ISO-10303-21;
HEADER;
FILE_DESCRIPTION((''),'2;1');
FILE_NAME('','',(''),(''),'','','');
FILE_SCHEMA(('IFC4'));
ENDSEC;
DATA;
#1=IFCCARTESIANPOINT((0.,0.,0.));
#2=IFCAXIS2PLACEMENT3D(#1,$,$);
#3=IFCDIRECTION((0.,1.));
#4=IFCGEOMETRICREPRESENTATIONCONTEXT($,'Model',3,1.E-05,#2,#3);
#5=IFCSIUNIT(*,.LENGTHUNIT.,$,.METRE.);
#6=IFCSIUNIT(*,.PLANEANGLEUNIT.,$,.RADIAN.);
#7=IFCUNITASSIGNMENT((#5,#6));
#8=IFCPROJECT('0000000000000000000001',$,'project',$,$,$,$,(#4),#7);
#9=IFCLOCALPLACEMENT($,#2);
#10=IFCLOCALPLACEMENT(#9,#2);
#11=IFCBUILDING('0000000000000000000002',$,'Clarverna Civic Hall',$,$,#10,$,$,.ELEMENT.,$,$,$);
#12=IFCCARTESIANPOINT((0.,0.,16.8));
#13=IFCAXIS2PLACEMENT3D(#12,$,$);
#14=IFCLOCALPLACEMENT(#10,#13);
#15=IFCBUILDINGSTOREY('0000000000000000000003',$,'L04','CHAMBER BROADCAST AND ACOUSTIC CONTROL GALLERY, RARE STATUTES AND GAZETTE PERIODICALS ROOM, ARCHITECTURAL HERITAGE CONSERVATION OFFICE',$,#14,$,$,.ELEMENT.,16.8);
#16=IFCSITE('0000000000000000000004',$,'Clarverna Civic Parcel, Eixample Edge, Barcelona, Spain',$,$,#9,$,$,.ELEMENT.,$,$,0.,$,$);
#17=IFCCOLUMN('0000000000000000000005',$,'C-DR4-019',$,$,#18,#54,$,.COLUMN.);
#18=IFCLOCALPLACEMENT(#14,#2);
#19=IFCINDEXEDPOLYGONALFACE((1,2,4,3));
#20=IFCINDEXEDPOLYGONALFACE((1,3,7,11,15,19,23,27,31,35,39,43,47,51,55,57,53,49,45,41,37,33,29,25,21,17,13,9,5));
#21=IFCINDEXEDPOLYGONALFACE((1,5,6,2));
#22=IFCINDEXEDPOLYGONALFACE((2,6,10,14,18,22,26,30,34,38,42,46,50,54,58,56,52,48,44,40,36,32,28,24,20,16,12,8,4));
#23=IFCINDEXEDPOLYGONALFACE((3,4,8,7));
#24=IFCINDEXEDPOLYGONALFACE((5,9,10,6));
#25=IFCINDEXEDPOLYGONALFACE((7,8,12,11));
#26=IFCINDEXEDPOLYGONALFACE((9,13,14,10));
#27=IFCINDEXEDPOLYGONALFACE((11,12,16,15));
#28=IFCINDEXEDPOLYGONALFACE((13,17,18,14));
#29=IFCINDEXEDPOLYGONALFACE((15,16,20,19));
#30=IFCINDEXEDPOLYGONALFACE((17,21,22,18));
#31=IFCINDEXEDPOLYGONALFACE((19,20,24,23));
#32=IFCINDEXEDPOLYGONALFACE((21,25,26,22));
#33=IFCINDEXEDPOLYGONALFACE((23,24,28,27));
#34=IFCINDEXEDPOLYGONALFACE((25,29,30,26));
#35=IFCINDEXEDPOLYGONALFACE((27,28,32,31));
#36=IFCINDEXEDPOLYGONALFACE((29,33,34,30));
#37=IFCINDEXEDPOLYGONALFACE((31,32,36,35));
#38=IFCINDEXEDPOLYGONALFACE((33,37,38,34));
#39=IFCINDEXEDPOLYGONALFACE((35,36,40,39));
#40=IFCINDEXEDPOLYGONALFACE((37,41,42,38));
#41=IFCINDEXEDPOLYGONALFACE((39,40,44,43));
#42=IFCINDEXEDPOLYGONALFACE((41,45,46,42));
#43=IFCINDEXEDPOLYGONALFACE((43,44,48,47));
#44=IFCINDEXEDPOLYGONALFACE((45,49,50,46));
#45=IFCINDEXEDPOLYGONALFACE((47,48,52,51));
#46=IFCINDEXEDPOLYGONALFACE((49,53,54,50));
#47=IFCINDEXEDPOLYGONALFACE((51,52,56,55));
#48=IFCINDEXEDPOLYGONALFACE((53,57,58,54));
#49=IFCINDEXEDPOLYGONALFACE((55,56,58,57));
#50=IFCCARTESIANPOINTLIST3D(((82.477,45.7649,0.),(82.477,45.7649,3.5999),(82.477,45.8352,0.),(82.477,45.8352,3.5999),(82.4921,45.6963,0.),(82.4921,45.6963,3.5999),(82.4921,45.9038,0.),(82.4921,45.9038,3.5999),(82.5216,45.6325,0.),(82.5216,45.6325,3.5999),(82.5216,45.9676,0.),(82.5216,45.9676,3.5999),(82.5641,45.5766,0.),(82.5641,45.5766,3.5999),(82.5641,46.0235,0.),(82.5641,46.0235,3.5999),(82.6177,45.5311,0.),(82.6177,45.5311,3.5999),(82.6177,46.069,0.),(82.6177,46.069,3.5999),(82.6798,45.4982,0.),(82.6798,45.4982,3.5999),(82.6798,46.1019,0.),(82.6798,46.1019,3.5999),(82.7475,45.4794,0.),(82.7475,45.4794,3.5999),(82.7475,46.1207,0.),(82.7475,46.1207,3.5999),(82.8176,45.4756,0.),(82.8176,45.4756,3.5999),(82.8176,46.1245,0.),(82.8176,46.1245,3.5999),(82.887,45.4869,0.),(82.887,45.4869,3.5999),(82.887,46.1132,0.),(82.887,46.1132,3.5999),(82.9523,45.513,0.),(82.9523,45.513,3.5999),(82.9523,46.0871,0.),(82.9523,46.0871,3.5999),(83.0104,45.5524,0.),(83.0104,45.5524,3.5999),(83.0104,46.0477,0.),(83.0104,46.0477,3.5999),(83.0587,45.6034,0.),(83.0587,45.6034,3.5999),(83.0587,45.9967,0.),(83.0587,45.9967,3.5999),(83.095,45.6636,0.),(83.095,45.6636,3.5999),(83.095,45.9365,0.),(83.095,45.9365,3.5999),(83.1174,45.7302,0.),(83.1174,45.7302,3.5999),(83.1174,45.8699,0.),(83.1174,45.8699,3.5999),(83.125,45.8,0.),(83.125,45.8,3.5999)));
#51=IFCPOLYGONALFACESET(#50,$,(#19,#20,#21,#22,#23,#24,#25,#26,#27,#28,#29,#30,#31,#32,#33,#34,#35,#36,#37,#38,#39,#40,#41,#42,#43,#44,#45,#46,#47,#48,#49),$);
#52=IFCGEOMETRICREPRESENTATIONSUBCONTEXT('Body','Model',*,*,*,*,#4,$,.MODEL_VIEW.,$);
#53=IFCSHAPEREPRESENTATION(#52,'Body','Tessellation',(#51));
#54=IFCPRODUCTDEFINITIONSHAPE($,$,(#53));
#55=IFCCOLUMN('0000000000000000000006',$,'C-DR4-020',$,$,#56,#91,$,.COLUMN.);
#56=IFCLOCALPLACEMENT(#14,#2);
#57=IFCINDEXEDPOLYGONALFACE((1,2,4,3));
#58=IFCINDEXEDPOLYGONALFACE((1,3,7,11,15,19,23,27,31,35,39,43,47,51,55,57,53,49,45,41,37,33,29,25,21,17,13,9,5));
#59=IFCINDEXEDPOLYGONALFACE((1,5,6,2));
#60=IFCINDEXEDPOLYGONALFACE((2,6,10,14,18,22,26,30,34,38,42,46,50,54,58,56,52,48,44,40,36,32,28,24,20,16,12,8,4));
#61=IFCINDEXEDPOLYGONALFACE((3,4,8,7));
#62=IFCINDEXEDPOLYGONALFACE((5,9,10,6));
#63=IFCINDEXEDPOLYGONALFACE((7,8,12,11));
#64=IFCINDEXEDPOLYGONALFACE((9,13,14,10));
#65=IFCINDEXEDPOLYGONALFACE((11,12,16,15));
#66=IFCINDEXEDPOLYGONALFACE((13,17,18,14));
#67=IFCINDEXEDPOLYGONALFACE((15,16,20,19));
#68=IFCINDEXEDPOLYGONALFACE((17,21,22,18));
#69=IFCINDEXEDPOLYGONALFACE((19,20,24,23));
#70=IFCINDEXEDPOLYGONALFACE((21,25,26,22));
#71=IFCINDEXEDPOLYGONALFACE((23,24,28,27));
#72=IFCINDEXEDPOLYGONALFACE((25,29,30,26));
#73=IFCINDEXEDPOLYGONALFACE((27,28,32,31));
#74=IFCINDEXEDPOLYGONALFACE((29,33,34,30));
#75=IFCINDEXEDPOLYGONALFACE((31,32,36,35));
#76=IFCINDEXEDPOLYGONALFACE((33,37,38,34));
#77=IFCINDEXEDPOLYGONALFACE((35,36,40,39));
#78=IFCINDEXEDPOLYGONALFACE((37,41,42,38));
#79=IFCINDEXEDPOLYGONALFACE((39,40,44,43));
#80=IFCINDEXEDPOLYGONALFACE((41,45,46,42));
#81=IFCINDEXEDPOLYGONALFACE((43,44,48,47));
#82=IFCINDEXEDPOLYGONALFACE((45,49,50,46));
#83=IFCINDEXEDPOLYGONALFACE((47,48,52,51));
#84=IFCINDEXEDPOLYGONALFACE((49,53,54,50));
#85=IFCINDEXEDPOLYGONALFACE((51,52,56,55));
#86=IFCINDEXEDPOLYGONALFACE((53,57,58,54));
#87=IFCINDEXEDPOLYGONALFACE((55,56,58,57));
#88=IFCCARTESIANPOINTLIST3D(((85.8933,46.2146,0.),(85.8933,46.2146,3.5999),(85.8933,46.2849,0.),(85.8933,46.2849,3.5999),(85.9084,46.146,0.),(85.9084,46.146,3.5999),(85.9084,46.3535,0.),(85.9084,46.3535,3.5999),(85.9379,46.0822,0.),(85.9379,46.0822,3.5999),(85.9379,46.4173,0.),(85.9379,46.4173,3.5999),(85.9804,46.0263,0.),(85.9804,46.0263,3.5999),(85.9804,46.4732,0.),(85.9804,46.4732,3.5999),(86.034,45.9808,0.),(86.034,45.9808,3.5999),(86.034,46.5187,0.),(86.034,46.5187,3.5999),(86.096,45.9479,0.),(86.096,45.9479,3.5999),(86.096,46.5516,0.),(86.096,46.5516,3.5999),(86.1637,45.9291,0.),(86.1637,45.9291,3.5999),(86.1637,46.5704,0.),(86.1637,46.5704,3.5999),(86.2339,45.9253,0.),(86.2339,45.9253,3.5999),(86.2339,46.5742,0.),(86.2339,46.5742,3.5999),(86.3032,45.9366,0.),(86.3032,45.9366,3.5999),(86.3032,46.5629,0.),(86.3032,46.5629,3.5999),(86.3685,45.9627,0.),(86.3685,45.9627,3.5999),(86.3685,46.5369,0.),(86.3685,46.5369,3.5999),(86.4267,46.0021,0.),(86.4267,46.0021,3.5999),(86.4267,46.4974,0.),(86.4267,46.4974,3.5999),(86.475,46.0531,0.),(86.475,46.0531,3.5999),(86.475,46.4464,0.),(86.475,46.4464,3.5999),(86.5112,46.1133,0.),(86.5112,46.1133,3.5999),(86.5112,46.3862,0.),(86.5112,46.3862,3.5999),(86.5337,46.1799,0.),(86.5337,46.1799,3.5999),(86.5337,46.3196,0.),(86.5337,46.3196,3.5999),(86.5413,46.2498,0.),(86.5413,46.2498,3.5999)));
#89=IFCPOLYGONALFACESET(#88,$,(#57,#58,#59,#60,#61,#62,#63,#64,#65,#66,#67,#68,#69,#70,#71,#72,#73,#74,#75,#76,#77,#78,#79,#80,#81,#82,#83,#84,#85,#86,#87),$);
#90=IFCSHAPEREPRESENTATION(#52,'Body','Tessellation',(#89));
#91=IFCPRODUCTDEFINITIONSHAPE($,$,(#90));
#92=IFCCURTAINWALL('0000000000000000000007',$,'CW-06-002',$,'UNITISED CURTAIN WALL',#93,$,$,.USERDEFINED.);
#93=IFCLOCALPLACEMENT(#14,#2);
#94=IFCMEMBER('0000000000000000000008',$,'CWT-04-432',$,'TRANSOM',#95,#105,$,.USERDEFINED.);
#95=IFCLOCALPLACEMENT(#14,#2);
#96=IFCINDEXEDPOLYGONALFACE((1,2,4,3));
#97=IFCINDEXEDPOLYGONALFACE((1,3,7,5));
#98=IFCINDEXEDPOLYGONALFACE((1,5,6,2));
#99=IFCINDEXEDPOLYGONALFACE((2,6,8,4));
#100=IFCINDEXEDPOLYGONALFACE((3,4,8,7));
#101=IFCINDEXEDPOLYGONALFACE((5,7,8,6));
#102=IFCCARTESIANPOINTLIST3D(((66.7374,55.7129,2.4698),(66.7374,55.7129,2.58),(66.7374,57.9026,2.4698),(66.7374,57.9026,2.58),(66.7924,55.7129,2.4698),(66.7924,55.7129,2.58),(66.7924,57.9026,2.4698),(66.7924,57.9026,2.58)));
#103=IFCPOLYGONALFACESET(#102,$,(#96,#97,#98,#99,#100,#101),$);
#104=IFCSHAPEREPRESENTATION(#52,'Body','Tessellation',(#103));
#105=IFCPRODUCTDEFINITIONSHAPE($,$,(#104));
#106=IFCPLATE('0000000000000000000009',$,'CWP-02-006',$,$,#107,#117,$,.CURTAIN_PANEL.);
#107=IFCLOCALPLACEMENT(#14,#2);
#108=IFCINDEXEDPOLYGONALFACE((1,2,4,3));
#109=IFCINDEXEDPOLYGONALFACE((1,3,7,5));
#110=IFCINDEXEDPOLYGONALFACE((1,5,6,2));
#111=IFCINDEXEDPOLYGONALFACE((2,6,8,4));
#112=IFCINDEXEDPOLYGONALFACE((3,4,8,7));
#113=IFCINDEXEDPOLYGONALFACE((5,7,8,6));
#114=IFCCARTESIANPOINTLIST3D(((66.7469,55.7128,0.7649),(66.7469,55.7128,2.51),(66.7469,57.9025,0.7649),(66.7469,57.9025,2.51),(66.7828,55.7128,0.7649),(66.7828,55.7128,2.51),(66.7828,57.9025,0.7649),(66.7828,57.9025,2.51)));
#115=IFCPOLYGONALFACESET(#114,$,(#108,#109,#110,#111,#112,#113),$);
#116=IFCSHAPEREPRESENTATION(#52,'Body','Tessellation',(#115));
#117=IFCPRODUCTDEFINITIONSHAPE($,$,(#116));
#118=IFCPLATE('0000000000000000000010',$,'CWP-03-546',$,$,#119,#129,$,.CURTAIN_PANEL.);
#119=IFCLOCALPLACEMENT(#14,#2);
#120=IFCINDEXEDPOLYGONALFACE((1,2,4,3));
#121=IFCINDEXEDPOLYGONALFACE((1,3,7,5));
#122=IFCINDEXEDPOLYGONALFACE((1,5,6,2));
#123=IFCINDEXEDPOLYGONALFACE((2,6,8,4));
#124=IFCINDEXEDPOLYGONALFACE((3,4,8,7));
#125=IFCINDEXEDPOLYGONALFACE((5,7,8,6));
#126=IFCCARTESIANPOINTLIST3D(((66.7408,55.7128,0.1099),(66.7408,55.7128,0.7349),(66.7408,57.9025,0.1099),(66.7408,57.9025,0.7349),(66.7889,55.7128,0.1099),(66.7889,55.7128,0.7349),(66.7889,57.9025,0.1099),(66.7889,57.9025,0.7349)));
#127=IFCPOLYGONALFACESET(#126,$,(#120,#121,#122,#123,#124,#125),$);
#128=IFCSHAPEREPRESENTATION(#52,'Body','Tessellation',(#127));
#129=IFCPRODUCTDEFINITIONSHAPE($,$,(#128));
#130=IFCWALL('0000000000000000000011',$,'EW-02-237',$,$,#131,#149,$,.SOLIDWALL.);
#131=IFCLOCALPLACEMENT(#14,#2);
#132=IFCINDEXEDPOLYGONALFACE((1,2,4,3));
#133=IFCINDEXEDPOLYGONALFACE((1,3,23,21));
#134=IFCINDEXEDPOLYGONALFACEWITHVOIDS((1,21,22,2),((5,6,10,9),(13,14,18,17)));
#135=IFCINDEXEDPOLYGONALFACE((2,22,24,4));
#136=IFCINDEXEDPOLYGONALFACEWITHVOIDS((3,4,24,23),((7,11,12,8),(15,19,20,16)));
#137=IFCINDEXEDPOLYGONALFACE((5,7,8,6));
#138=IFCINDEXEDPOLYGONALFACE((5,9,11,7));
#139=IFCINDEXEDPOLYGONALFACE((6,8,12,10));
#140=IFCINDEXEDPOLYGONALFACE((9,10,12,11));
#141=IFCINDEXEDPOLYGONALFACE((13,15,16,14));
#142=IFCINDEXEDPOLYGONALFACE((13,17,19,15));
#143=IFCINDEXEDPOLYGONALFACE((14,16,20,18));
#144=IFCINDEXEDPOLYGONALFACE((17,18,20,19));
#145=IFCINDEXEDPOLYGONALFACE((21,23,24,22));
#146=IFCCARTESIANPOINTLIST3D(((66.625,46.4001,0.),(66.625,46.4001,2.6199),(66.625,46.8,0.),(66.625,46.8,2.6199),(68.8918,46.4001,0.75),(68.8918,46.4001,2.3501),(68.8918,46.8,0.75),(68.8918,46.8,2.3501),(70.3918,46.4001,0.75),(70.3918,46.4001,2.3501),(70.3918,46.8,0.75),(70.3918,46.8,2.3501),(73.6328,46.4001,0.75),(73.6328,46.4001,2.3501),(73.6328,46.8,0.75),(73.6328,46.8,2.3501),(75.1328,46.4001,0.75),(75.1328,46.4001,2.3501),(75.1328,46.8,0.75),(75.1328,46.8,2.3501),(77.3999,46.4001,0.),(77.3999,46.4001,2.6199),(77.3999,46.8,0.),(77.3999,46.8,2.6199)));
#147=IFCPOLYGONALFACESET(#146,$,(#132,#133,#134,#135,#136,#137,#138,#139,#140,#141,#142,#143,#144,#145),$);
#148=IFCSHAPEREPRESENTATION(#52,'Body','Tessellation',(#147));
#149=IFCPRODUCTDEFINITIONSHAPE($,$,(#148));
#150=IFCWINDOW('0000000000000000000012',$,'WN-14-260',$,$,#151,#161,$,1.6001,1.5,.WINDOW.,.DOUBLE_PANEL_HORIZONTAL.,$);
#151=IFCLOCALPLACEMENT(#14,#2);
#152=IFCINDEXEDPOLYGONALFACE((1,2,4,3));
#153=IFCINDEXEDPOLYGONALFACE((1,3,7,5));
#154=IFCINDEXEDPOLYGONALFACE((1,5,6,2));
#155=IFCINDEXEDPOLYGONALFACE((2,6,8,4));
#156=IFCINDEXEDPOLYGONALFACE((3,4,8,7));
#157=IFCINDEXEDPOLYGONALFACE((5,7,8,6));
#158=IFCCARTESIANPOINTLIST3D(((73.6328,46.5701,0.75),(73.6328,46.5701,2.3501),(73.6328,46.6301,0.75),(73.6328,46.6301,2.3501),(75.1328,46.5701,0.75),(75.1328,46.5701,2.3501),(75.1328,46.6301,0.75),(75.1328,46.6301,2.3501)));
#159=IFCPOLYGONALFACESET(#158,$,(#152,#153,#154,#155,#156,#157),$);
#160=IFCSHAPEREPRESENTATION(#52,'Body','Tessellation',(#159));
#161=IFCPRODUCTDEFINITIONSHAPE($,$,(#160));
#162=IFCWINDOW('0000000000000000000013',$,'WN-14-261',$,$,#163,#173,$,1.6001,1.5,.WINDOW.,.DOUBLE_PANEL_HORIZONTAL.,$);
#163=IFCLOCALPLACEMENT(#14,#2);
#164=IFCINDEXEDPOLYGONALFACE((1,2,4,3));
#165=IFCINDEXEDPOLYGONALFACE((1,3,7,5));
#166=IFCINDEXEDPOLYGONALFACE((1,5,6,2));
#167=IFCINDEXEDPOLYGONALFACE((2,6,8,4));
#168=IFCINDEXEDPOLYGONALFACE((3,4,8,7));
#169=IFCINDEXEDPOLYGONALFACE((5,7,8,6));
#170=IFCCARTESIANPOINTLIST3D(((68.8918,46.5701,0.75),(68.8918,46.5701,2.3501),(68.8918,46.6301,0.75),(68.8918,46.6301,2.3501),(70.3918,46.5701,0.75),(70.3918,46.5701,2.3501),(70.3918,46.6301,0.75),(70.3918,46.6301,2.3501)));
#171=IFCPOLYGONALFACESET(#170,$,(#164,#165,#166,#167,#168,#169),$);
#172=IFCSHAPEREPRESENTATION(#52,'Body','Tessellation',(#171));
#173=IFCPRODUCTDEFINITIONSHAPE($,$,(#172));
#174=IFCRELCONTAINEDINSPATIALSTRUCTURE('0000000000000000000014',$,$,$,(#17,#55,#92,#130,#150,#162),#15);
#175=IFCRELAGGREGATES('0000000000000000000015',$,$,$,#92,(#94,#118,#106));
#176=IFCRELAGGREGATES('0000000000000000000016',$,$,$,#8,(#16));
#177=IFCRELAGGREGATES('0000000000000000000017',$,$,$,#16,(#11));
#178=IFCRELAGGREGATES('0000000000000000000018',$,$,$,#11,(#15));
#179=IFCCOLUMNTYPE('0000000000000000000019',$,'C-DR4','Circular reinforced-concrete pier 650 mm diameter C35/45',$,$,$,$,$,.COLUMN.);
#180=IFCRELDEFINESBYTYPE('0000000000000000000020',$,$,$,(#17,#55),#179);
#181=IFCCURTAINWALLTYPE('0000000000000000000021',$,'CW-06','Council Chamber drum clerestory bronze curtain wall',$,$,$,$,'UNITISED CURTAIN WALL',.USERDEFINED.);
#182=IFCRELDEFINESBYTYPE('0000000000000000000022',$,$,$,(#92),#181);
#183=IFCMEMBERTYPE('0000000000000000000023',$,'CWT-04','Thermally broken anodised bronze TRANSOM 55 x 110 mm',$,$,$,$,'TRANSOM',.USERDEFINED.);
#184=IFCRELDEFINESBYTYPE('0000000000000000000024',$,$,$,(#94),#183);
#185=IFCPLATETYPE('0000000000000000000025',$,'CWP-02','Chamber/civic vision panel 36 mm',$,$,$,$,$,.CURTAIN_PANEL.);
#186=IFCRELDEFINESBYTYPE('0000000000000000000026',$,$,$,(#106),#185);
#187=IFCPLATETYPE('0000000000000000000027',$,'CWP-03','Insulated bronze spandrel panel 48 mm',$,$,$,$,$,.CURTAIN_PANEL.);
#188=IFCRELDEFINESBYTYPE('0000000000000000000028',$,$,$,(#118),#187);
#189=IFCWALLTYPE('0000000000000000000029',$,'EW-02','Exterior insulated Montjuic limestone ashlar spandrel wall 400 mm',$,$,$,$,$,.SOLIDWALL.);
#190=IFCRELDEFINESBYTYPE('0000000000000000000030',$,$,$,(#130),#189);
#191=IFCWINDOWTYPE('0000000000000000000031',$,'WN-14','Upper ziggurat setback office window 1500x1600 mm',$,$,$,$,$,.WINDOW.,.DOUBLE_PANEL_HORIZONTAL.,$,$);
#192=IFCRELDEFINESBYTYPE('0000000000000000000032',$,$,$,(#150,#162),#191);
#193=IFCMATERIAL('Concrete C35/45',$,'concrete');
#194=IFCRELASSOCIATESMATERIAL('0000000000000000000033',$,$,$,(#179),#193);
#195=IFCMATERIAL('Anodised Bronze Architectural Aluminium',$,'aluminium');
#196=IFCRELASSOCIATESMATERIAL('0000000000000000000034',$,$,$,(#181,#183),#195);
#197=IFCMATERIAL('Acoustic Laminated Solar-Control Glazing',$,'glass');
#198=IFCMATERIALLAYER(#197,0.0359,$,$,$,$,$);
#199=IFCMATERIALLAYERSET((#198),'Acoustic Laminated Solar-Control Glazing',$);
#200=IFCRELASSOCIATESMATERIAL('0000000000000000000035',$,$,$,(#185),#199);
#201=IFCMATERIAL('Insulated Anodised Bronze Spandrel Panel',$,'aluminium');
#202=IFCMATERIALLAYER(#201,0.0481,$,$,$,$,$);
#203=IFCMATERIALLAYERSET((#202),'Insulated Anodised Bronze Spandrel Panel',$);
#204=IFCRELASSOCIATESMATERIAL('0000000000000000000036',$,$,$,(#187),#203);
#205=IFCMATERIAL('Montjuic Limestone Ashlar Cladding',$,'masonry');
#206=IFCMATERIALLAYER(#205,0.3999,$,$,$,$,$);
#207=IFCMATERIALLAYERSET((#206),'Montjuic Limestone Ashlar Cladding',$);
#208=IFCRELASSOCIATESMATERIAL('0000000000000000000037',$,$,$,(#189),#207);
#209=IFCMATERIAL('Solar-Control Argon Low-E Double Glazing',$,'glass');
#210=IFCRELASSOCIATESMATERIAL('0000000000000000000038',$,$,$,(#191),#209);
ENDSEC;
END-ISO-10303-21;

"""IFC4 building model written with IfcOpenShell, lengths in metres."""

from ifc_helpers import new_model, si_unit, direction, frame, frame_2d, origin, origin_2d, place, context, subcontext, project, spatial, rectangle, circle, extrude, material, layer, layer_set, material_profile, profile_set, type_object, element, fill, aggregate, save


model = new_model("IFC4")

# Units and contexts
model_context = context("Model", 3, precision=1e-05, world=origin(), true_north=direction((0.0, 1.0)))
body_context = subcontext(model_context, "Body", "Model", "MODEL_VIEW")
ifc_project = project(units=[si_unit("LENGTHUNIT", "METRE"), si_unit("PLANEANGLEUNIT", "RADIAN")], contexts=[model_context])

# Site, building, storey
site_placement = place(None, origin())
site = spatial("IfcSite", under=ifc_project, at=site_placement, Name="Clarverna Civic Parcel, Eixample Edge, Barcelona, Spain", CompositionType="ELEMENT", RefElevation=0.0)
building_placement = place(site_placement, origin())
building = spatial("IfcBuilding", under=site, at=building_placement, Name="Clarverna Civic Hall", CompositionType="ELEMENT")
storey_placement = place(building_placement, frame((0.0, 0.0, 16.8)))
storey = spatial("IfcBuildingStorey", under=building, at=storey_placement, Name="L04", Description="CHAMBER BROADCAST AND ACOUSTIC CONTROL GALLERY, RARE STATUTES AND GAZETTE PERIODICALS ROOM, ARCHITECTURAL HERITAGE CONSERVATION OFFICE", CompositionType="ELEMENT", Elevation=16.8)

# Columns
ifc_material_1 = material(Name="Concrete C35/45", Category="concrete")
ifc_material_profile_1 = material_profile(ifc_material_1, circle(Radius=0.325, at=origin_2d()), Name="RC D650")
ifc_profile_set_1 = profile_set([ifc_material_profile_1], Name="Concrete C35/45")
column_type = type_object("IfcColumnType", Name="C-DR4", Description="Circular reinforced-concrete pier 650 mm diameter C35/45", PredefinedType="COLUMN", material=ifc_profile_set_1)
for number, where, z_axis, x_axis, name in (
    (1, (82.8, 45.8, 0.0), (0.0, 0.0, 1.0), (1.0, 0.0, 0.0), "C-DR4-019"),
    (2, (86.2163, 46.2498, 0.0), (0.0, 0.0, 1.0), (1.0, 0.0, 0.0), "C-DR4-020"),
):
    element("IfcColumn", number, at=place(storey_placement, frame(where, z_axis=z_axis, x_axis=x_axis)), inside=storey, type_object=column_type, Name=name, PredefinedType="COLUMN", context=body_context, shape_type="SweptSolid", body=[
        extrude(circle(Radius=0.325, at=origin_2d()), origin(), (0.0, 0.0, 1.0), 3.5999),
    ])

# Curtain wall, member, plates
ifc_material_2 = material(Name="Anodised Bronze Architectural Aluminium", Category="aluminium")
curtain_wall_type = type_object("IfcCurtainWallType", Name="CW-06", Description="Council Chamber drum clerestory bronze curtain wall", ElementType="UNITISED CURTAIN WALL", PredefinedType="USERDEFINED", material=ifc_material_2)
curtain_wall_placement = place(storey_placement, origin())
curtain_wall = element("IfcCurtainWall", 3, at=curtain_wall_placement, inside=storey, type_object=curtain_wall_type, Name="CW-06-002", ObjectType="UNITISED CURTAIN WALL", PredefinedType="USERDEFINED")
ifc_material_profile_2 = material_profile(ifc_material_2, rectangle(XDim=0.0549, YDim=0.1101, at=origin_2d()), Name="BRONZE 55x110")
ifc_profile_set_2 = profile_set([ifc_material_profile_2], Name="Anodised Bronze Architectural Aluminium")
member_type = type_object("IfcMemberType", Name="CWT-04", Description="Thermally broken anodised bronze TRANSOM 55 x 110 mm", ElementType="TRANSOM", PredefinedType="USERDEFINED", material=ifc_profile_set_2)
member_placement = place(storey_placement, frame((66.7649, 55.7129, 2.5249), z_axis=(0.0, 1.0, 0.0), x_axis=(-1.0, 0.0, 0.0)))
member = element("IfcMember", 4, at=member_placement, type_object=member_type, Name="CWT-04-432", ObjectType="TRANSOM", PredefinedType="USERDEFINED", context=body_context, shape_type="SweptSolid", body=[
    extrude(rectangle(XDim=0.0549, YDim=0.1101, at=origin_2d()), origin(), (0.0, 0.0, 1.0), 2.1897),
])
ifc_material_3 = material(Name="Acoustic Laminated Solar-Control Glazing", Category="glass")
ifc_layer_1 = layer(ifc_material_3, 0.0359)
ifc_layer_set_1 = layer_set([ifc_layer_1], Name="Acoustic Laminated Solar-Control Glazing")
plate_type_1 = type_object("IfcPlateType", Name="CWP-02", Description="Chamber/civic vision panel 36 mm", PredefinedType="CURTAIN_PANEL", material=ifc_layer_set_1)
plate_1_placement = place(storey_placement, frame((66.7649, 55.7129, 0.7649), z_axis=(0.0, 0.0, 1.0), x_axis=(0.0, 1.0, 0.0)))
plate_1 = element("IfcPlate", 5, at=plate_1_placement, type_object=plate_type_1, Name="CWP-02-006", PredefinedType="CURTAIN_PANEL", context=body_context, shape_type="SweptSolid", body=[
    extrude(rectangle(XDim=2.1897, YDim=0.0359, at=frame_2d((1.0947, 0.0))), origin(), (0.0, 0.0, 1.0), 1.7451),
])
ifc_material_4 = material(Name="Insulated Anodised Bronze Spandrel Panel", Category="aluminium")
ifc_layer_2 = layer(ifc_material_4, 0.0481)
ifc_layer_set_2 = layer_set([ifc_layer_2], Name="Insulated Anodised Bronze Spandrel Panel")
plate_type_2 = type_object("IfcPlateType", Name="CWP-03", Description="Insulated bronze spandrel panel 48 mm", PredefinedType="CURTAIN_PANEL", material=ifc_layer_set_2)
plate_2_placement = place(storey_placement, frame((66.7649, 55.7129, 0.1099), z_axis=(0.0, 0.0, 1.0), x_axis=(0.0, 1.0, 0.0)))
plate_2 = element("IfcPlate", 6, at=plate_2_placement, type_object=plate_type_2, Name="CWP-03-546", PredefinedType="CURTAIN_PANEL", context=body_context, shape_type="SweptSolid", body=[
    extrude(rectangle(XDim=2.1897, YDim=0.0481, at=frame_2d((1.0947, 0.0))), origin(), (0.0, 0.0, 1.0), 0.625),
])
aggregate(curtain_wall, [member, plate_2, plate_1])

# Wall, openings, windows
ifc_material_5 = material(Name="Montjuic Limestone Ashlar Cladding", Category="masonry")
ifc_layer_3 = layer(ifc_material_5, 0.3999)
ifc_layer_set_3 = layer_set([ifc_layer_3], Name="Montjuic Limestone Ashlar Cladding")
wall_type = type_object("IfcWallType", Name="EW-02", Description="Exterior insulated Montjuic limestone ashlar spandrel wall 400 mm", PredefinedType="SOLIDWALL", material=ifc_layer_set_3)
wall_placement = place(storey_placement, frame((77.3999, 46.6001, 0.0), z_axis=(0.0, 0.0, 1.0), x_axis=(-1.0, 0.0, 0.0)))
wall = element("IfcWall", 7, at=wall_placement, inside=storey, type_object=wall_type, Name="EW-02-237", PredefinedType="SOLIDWALL", context=body_context, shape_type="SweptSolid", body=[
    extrude(rectangle(XDim=10.7749, YDim=0.3999, at=frame_2d((5.3875, 0.0))), origin(), (0.0, 0.0, 1.0), 2.6199),
])
opening_1_placement = place(wall_placement, frame((2.2671, 0.0, 0.75)))
opening_1 = element("IfcOpeningElement", 8, at=opening_1_placement, cuts=wall, PredefinedType="OPENING", context=body_context, shape_type="SweptSolid", body=[
    extrude(rectangle(XDim=1.5, YDim=1.6001, at=frame_2d((0.75, 0.8))), frame((0.0, 0.21, 0.0), z_axis=(0.0, -1.0, 0.0), x_axis=(1.0, 0.0, 0.0)), (0.0, 0.0, 1.0), 0.4199),
])
opening_2_placement = place(wall_placement, frame((7.0081, 0.0, 0.75)))
opening_2 = element("IfcOpeningElement", 9, at=opening_2_placement, cuts=wall, PredefinedType="OPENING", context=body_context, shape_type="SweptSolid", body=[
    extrude(rectangle(XDim=1.5, YDim=1.6001, at=frame_2d((0.75, 0.8))), frame((0.0, 0.21, 0.0), z_axis=(0.0, -1.0, 0.0), x_axis=(1.0, 0.0, 0.0)), (0.0, 0.0, 1.0), 0.4199),
])
ifc_material_6 = material(Name="Solar-Control Argon Low-E Double Glazing", Category="glass")
window_type = type_object("IfcWindowType", Name="WN-14", Description="Upper ziggurat setback office window 1500x1600 mm", PartitioningType="DOUBLE_PANEL_HORIZONTAL", PredefinedType="WINDOW", material=ifc_material_6)
window_1_placement = place(opening_1_placement, origin())
window_1 = element("IfcWindow", 10, at=window_1_placement, inside=storey, type_object=window_type, Name="WN-14-260", OverallHeight=1.6001, OverallWidth=1.5, PartitioningType="DOUBLE_PANEL_HORIZONTAL", PredefinedType="WINDOW", context=body_context, shape_type="SweptSolid", body=[
    extrude(rectangle(XDim=1.5, YDim=1.6001, at=frame_2d((0.75, 0.8))), frame((0.0, 0.03, 0.0), z_axis=(0.0, -1.0, 0.0), x_axis=(1.0, 0.0, 0.0)), (0.0, 0.0, 1.0), 0.0601),
])
fill(opening_1, window_1)
window_2_placement = place(opening_2_placement, origin())
window_2 = element("IfcWindow", 11, at=window_2_placement, inside=storey, type_object=window_type, Name="WN-14-261", OverallHeight=1.6001, OverallWidth=1.5, PartitioningType="DOUBLE_PANEL_HORIZONTAL", PredefinedType="WINDOW", context=body_context, shape_type="SweptSolid", body=[
    extrude(rectangle(XDim=1.5, YDim=1.6001, at=frame_2d((0.75, 0.8))), frame((0.0, 0.03, 0.0), z_axis=(0.0, -1.0, 0.0), x_axis=(1.0, 0.0, 0.0)), (0.0, 0.0, 1.0), 0.0601),
])
fill(opening_2, window_2)

save(model, "model.ifc")
